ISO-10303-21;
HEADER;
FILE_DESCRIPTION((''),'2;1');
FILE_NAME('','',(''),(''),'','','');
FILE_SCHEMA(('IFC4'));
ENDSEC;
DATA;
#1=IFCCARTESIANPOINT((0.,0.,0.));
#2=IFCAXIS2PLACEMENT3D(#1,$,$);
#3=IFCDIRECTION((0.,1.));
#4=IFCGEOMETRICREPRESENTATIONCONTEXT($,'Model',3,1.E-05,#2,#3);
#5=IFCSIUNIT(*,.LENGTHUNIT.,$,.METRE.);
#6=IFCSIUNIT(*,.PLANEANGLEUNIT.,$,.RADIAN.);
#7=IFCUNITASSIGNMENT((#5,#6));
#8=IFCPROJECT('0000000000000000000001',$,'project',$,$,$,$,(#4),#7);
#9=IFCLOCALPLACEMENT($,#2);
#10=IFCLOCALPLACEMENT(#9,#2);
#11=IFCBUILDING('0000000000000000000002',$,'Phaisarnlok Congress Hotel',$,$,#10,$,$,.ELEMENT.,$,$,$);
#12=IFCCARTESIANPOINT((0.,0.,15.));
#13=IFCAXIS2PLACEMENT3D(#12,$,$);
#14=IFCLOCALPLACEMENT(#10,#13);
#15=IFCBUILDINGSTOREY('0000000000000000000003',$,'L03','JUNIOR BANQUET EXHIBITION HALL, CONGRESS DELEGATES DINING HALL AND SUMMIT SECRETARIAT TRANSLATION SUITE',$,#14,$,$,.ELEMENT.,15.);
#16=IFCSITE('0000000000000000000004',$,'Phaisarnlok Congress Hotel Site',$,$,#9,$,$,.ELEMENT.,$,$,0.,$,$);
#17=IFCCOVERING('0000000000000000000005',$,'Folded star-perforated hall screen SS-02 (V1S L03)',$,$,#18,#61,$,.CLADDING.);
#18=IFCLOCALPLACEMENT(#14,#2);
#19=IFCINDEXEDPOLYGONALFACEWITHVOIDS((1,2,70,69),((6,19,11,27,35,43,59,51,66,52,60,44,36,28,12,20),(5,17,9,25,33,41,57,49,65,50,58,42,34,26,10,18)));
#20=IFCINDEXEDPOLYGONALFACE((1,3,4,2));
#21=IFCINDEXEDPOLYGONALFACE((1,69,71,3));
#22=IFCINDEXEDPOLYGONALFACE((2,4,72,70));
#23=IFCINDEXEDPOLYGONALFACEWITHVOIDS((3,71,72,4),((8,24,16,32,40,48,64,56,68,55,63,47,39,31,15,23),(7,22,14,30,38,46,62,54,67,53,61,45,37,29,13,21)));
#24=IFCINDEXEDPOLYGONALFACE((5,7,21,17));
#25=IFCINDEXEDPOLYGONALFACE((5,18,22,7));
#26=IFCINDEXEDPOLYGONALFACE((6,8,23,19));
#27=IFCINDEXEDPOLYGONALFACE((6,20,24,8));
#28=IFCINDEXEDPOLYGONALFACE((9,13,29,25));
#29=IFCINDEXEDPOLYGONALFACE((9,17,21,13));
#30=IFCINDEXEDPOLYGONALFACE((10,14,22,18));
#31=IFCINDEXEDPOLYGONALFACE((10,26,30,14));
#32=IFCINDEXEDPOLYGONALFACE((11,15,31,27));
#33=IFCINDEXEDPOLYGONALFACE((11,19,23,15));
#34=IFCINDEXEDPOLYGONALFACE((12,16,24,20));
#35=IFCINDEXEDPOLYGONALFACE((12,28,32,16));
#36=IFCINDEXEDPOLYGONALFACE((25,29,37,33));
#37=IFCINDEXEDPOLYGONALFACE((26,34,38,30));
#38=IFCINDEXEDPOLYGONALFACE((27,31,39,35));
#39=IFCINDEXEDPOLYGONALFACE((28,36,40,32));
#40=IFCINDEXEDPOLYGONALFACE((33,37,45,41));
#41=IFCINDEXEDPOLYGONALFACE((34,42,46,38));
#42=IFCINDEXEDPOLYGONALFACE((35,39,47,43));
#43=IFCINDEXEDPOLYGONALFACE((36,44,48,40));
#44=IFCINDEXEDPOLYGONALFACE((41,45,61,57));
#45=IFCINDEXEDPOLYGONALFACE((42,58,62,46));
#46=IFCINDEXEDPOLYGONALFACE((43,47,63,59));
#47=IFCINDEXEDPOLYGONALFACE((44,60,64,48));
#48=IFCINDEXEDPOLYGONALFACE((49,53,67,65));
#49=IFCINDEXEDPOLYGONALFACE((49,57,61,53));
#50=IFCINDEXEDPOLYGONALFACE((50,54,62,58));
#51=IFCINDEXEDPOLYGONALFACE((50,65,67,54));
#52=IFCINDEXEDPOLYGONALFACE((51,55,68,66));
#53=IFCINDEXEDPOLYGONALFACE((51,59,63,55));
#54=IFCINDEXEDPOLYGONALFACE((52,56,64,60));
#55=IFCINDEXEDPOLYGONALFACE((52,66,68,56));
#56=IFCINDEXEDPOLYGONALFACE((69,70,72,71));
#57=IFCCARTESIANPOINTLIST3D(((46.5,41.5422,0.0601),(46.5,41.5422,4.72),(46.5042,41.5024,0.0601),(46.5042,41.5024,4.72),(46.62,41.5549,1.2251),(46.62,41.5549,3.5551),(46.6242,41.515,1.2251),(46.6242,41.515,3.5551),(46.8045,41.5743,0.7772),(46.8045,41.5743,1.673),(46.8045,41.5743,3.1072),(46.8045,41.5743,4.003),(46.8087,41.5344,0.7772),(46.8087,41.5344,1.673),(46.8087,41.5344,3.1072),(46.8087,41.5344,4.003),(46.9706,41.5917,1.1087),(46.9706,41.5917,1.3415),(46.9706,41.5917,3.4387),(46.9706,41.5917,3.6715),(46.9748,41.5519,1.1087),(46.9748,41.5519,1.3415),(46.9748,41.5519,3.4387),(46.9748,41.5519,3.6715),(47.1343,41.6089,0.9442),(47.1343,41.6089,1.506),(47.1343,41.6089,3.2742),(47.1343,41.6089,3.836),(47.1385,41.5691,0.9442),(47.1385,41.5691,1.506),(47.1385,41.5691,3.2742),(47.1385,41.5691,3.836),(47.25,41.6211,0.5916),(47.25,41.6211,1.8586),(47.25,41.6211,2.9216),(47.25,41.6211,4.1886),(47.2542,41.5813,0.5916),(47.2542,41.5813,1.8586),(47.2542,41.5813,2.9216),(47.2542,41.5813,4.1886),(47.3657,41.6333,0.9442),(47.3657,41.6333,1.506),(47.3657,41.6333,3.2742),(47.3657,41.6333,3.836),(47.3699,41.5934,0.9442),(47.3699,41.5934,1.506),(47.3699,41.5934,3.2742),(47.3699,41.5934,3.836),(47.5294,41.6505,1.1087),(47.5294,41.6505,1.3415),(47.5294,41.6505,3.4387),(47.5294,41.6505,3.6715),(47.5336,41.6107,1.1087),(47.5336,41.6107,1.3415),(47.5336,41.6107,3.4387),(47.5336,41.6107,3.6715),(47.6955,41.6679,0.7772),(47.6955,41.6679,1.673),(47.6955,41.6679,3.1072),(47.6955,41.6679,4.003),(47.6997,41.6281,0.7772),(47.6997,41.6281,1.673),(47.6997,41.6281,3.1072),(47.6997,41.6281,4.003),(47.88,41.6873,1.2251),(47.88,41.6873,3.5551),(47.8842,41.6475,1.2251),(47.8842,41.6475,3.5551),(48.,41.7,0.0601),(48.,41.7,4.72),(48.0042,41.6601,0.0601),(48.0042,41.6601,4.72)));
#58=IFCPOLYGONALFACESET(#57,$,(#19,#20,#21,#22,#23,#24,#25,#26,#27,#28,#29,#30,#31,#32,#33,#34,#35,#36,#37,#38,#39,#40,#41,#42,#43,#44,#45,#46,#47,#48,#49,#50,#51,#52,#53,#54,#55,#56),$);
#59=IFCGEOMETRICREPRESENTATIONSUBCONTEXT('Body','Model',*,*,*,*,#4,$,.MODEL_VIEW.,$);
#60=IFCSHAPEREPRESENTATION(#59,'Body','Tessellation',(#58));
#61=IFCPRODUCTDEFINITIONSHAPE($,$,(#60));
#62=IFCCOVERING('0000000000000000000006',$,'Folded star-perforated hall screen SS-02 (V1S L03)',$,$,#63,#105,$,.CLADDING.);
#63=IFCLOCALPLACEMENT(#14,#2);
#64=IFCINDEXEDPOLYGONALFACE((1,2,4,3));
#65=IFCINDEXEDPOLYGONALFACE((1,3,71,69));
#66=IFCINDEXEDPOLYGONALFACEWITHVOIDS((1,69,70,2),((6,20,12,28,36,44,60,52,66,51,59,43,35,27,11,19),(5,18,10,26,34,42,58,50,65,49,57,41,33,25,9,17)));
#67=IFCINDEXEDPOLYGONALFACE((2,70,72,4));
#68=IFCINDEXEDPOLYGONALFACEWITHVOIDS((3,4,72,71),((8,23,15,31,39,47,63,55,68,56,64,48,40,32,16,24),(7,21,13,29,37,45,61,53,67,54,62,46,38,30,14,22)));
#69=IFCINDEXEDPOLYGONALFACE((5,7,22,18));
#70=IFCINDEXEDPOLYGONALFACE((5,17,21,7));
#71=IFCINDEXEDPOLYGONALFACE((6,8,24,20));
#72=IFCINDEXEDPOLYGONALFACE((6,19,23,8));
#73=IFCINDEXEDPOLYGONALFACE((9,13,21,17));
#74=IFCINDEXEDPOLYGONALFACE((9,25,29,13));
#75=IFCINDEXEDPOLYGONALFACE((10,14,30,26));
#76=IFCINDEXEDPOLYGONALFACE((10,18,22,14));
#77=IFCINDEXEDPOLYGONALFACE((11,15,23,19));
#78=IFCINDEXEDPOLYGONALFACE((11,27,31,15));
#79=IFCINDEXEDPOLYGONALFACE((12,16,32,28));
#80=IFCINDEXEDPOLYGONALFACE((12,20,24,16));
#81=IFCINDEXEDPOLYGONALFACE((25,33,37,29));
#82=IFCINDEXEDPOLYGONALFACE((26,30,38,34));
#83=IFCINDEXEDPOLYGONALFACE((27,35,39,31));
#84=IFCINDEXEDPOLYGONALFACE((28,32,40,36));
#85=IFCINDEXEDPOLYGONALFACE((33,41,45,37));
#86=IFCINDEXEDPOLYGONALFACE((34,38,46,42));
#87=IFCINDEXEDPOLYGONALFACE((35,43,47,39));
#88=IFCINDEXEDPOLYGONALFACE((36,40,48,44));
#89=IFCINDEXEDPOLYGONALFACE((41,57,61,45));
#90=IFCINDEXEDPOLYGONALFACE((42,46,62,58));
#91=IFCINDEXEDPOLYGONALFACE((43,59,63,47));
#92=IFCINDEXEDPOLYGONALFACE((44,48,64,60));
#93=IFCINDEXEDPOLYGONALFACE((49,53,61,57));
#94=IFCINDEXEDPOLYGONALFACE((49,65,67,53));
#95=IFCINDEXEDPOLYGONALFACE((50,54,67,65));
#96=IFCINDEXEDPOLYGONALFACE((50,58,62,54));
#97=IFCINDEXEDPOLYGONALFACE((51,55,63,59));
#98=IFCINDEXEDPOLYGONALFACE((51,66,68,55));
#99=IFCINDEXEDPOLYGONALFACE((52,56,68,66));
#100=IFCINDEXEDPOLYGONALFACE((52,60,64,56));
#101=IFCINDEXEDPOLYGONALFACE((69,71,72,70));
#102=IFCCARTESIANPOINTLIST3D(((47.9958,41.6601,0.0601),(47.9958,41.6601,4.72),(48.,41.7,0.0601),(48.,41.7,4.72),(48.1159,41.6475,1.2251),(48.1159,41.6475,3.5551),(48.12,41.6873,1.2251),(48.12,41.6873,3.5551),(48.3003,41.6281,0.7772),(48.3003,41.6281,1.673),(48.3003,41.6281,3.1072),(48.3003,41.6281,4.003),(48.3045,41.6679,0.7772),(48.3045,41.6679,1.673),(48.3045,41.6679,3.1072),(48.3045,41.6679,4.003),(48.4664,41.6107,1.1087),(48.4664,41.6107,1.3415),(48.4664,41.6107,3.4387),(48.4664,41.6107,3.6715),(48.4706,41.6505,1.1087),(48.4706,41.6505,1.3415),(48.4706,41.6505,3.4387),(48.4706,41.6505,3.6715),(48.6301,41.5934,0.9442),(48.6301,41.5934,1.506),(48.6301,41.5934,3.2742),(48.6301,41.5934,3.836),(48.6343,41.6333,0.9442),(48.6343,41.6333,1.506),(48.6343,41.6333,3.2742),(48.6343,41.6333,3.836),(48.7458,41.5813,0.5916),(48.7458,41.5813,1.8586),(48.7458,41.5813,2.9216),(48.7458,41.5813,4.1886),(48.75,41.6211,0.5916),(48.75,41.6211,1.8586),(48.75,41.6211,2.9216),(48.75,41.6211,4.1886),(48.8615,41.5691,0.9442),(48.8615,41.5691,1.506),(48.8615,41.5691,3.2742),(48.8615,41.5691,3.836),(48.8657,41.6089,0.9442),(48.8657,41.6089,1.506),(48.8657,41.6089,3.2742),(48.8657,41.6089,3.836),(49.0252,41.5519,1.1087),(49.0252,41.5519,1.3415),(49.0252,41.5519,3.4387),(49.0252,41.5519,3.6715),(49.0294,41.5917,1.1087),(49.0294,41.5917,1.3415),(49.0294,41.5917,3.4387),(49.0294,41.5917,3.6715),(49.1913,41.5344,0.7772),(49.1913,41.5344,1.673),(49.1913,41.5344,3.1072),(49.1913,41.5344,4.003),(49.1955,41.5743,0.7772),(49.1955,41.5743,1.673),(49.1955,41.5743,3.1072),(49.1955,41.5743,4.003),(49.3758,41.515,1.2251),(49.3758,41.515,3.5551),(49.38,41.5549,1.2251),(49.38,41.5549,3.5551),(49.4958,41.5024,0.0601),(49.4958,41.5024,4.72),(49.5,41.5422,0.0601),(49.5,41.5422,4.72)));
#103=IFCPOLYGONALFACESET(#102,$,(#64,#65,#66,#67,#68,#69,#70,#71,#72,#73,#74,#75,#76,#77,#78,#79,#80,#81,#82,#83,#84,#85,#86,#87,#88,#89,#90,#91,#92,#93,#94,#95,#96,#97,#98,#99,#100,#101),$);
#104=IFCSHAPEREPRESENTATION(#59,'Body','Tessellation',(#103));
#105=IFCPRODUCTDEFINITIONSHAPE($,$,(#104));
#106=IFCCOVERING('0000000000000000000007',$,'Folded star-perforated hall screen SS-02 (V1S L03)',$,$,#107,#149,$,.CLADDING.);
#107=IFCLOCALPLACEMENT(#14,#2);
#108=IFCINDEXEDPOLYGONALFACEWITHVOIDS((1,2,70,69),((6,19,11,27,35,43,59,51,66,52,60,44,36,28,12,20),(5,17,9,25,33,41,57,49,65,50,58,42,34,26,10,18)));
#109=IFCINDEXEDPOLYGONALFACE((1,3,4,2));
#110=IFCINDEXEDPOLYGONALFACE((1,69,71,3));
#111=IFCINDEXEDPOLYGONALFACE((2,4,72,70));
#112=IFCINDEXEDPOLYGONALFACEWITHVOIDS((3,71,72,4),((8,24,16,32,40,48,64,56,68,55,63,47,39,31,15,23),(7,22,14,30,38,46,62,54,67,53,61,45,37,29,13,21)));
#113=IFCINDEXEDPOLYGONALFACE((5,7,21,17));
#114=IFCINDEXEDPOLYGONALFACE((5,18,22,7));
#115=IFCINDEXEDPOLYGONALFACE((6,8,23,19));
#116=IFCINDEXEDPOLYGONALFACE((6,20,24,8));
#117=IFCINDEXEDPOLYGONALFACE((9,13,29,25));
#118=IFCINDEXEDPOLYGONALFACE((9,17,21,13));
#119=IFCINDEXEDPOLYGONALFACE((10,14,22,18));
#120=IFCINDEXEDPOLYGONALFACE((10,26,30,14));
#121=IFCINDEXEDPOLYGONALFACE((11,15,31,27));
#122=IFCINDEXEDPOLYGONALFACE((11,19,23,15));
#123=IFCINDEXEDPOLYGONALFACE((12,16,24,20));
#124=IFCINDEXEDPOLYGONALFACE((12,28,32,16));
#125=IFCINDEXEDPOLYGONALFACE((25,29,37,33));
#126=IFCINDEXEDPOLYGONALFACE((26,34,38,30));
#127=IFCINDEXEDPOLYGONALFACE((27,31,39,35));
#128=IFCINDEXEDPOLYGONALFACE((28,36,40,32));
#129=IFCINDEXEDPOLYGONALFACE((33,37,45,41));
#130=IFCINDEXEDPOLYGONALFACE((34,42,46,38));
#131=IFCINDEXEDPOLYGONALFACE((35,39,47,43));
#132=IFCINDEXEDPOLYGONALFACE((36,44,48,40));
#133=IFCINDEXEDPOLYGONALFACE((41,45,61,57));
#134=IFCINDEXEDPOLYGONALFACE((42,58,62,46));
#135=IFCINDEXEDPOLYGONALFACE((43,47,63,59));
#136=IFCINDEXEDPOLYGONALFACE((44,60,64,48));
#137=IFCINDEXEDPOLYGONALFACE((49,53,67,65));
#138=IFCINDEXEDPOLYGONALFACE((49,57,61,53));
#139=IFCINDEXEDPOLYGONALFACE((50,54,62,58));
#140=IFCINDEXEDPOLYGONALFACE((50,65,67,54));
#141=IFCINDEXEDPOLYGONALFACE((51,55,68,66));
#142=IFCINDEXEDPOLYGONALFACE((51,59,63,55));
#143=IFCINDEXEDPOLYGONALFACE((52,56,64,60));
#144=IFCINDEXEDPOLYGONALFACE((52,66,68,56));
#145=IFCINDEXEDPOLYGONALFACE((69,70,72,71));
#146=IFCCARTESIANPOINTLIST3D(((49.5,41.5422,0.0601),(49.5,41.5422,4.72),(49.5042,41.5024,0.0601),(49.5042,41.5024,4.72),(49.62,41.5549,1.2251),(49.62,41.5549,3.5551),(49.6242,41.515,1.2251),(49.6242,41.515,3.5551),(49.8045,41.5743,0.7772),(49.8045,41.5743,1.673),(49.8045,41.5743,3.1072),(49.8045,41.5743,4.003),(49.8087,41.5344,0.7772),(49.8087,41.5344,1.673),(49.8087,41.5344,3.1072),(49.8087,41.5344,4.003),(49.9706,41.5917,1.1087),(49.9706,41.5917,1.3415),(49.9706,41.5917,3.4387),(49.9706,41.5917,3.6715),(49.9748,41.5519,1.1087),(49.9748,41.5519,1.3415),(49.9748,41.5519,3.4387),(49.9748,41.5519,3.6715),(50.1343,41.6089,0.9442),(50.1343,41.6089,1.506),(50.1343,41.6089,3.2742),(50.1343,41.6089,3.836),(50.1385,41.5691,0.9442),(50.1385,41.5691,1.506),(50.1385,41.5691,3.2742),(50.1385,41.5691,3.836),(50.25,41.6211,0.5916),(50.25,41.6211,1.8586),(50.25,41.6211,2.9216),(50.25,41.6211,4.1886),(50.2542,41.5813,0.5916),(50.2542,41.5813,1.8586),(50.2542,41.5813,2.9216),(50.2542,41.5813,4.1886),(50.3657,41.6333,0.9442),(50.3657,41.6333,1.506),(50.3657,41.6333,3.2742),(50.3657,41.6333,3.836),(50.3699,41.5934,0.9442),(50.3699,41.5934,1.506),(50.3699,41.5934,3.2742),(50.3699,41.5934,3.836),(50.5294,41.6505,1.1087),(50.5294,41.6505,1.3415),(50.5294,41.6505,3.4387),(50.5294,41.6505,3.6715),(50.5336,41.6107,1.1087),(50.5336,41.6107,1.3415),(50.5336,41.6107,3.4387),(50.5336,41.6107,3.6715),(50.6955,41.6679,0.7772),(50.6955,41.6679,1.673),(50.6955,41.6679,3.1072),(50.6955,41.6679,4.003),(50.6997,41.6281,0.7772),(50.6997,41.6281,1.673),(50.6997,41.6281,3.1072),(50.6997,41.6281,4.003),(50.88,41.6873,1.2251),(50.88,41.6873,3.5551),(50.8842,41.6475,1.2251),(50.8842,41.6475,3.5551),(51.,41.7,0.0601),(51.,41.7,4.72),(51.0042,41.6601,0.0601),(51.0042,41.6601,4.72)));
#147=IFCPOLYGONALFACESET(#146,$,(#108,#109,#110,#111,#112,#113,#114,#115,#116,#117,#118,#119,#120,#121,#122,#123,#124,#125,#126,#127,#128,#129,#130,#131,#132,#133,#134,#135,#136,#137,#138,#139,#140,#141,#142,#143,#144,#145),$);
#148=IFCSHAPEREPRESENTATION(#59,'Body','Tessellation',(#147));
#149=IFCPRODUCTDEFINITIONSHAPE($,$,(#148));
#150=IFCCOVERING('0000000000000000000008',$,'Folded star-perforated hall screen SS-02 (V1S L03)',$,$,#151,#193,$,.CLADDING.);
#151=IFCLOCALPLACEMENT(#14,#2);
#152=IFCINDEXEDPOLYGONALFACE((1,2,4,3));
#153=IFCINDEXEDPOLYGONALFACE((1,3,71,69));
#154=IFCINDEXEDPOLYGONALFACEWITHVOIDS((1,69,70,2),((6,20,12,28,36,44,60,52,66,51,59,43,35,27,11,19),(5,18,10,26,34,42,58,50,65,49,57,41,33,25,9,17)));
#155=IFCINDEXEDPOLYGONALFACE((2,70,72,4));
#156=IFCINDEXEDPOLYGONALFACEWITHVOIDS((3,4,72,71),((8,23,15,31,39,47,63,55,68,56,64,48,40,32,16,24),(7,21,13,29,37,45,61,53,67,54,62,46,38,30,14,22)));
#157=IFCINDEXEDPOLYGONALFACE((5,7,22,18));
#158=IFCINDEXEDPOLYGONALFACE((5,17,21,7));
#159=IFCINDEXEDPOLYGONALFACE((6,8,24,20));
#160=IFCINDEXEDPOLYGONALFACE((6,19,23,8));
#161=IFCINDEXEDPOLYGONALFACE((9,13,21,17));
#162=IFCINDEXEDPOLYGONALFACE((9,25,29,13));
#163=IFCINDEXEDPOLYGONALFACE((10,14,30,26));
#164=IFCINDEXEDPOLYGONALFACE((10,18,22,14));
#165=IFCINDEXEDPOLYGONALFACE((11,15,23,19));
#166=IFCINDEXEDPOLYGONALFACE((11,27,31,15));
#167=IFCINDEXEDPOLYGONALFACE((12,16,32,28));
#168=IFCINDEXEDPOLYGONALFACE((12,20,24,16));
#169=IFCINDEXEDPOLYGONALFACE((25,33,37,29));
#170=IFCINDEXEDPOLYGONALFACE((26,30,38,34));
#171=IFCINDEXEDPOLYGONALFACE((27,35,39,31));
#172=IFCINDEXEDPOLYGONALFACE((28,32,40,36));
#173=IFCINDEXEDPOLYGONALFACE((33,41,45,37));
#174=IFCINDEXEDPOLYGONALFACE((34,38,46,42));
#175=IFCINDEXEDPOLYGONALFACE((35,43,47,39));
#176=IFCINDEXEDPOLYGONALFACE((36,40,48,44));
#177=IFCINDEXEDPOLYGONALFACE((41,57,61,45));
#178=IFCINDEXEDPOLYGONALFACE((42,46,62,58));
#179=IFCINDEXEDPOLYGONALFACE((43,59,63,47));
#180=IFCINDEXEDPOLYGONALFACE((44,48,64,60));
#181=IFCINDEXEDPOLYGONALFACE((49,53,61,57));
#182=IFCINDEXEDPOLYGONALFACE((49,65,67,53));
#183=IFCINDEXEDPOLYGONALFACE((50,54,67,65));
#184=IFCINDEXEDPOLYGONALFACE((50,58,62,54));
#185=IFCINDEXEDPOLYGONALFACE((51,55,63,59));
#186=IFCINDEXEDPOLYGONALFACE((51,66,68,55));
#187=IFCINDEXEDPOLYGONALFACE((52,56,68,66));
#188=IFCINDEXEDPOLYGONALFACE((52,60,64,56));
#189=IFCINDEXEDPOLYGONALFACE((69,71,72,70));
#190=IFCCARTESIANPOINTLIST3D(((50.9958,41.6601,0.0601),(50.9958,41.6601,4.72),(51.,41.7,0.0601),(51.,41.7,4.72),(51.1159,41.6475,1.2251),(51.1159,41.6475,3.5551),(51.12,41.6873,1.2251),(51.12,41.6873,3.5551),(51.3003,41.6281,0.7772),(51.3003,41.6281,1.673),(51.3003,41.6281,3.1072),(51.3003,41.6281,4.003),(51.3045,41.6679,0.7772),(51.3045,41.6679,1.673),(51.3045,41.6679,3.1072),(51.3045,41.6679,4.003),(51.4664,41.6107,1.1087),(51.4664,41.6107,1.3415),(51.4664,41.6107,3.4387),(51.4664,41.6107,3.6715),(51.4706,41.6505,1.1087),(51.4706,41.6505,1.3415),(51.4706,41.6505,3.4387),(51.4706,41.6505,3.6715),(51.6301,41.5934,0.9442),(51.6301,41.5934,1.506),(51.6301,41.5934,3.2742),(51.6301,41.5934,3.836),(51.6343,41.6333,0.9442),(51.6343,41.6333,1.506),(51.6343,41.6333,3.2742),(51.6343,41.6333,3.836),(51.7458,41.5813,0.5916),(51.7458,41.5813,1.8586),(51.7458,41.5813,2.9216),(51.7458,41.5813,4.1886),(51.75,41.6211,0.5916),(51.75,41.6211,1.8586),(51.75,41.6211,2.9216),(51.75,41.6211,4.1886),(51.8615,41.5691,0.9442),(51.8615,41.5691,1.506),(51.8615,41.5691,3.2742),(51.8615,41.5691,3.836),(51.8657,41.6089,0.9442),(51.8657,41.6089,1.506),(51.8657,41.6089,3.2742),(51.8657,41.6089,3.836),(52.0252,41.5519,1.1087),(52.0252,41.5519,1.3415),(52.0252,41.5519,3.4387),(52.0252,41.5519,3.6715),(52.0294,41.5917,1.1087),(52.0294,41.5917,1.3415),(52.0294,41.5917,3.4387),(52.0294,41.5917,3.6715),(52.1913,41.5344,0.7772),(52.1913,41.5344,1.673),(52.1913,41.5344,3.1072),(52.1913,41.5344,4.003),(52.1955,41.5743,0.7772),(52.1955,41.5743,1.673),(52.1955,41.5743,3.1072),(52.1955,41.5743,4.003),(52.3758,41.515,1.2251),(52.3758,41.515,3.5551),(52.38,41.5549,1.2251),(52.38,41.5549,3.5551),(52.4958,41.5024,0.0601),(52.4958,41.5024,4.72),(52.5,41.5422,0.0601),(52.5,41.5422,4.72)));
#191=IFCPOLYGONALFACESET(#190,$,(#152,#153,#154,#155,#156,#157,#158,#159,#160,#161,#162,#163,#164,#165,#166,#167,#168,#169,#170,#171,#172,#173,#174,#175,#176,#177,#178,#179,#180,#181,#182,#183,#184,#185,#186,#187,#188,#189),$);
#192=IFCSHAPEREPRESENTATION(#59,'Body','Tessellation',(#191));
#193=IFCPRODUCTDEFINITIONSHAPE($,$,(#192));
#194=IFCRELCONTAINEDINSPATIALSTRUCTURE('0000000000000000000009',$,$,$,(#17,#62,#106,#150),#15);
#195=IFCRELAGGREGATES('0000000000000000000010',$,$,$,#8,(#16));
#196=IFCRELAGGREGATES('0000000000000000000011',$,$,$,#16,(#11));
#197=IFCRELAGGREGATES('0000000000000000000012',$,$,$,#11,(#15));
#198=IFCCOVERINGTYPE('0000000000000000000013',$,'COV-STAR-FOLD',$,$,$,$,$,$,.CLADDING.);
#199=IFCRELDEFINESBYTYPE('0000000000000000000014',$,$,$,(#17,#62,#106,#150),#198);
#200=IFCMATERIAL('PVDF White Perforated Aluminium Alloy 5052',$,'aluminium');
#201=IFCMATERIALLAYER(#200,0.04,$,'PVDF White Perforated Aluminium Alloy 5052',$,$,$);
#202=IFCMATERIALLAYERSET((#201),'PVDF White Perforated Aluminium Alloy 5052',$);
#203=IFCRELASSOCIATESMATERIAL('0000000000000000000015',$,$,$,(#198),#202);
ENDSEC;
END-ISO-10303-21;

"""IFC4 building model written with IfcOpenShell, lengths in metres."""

from ifc_helpers import new_model, si_unit, direction, frame, origin, place, context, subcontext, project, spatial, polyline, outline, extrude, material, layer, layer_set, type_object, element, save


model = new_model("IFC4")

# Units and contexts
model_context = context("Model", 3, precision=1e-05, world=origin(), true_north=direction((0.0, 1.0)))
body_context = subcontext(model_context, "Body", "Model", "MODEL_VIEW")
ifc_project = project(units=[si_unit("LENGTHUNIT", "METRE"), si_unit("PLANEANGLEUNIT", "RADIAN")], contexts=[model_context])

# Site, building, storey
site_placement = place(None, origin())
site = spatial("IfcSite", under=ifc_project, at=site_placement, Name="Phaisarnlok Congress Hotel Site", CompositionType="ELEMENT", RefElevation=0.0)
building_placement = place(site_placement, origin())
building = spatial("IfcBuilding", under=site, at=building_placement, Name="Phaisarnlok Congress Hotel", CompositionType="ELEMENT")
storey_placement = place(building_placement, frame((0.0, 0.0, 15.0)))
storey = spatial("IfcBuildingStorey", under=building, at=storey_placement, Name="L03", Description="JUNIOR BANQUET EXHIBITION HALL, CONGRESS DELEGATES DINING HALL AND SUMMIT SECRETARIAT TRANSLATION SUITE", CompositionType="ELEMENT", Elevation=15.0)

# Coverings
ifc_material_1 = material(Name="PVDF White Perforated Aluminium Alloy 5052", Category="aluminium")
ifc_layer_1 = layer(ifc_material_1, 0.04, Name="PVDF White Perforated Aluminium Alloy 5052")
ifc_layer_set_1 = layer_set([ifc_layer_1], Name="PVDF White Perforated Aluminium Alloy 5052")
covering_type = type_object("IfcCoveringType", Name="COV-STAR-FOLD", PredefinedType="CLADDING", material=ifc_layer_set_1)
for number, where, z_axis, x_axis, name in (
    (1, (46.5, 41.5422, 0.0601), (0.104567, -0.994518, 0.0), (0.994518, 0.104567, 0.0), "Folded star-perforated hall screen SS-02 (V1S L03)"),
    (2, (48.0, 41.7, 0.0601), (-0.104567, -0.994518, 0.0), (0.994518, -0.104567, 0.0), "Folded star-perforated hall screen SS-02 (V1S L03)"),
    (3, (49.5, 41.5422, 0.0601), (0.104567, -0.994518, 0.0), (0.994518, 0.104567, 0.0), "Folded star-perforated hall screen SS-02 (V1S L03)"),
    (4, (51.0, 41.7, 0.0601), (-0.104567, -0.994518, 0.0), (0.994518, -0.104567, 0.0), "Folded star-perforated hall screen SS-02 (V1S L03)"),
):
    element("IfcCovering", number, at=place(storey_placement, frame(where, z_axis=z_axis, x_axis=x_axis)), inside=storey, type_object=covering_type, Name=name, PredefinedType="CLADDING", context=body_context, shape_type="SweptSolid", body=[
        extrude(outline(polyline([(0.0, 0.0), (1.5083, 0.0), (1.5083, 4.6599), (0.0, 4.6599), (0.0, 0.0)]), holes=[polyline([(1.0351, 1.0486), (1.2021, 0.7171), (0.8705, 0.8841), (0.7541, 0.5315), (0.6378, 0.8841), (0.3062, 0.7171), (0.4732, 1.0486), (0.1207, 1.165), (0.4732, 1.2814), (0.3062, 1.6129), (0.6378, 1.4459), (0.7541, 1.7985), (0.8705, 1.4459), (1.2021, 1.6129), (1.0351, 1.2814), (1.3876, 1.165), (1.0351, 1.0486)]), polyline([(1.0351, 3.3786), (1.2021, 3.0471), (0.8705, 3.2141), (0.7541, 2.8615), (0.6378, 3.2141), (0.3062, 3.0471), (0.4732, 3.3786), (0.1207, 3.495), (0.4732, 3.6114), (0.3062, 3.9429), (0.6378, 3.7759), (0.7541, 4.1285), (0.8705, 3.7759), (1.2021, 3.9429), (1.0351, 3.6114), (1.3876, 3.495), (1.0351, 3.3786)])]), origin(), (0.0, 0.0, 1.0), 0.04),
    ])

save(model, "model.ifc")
